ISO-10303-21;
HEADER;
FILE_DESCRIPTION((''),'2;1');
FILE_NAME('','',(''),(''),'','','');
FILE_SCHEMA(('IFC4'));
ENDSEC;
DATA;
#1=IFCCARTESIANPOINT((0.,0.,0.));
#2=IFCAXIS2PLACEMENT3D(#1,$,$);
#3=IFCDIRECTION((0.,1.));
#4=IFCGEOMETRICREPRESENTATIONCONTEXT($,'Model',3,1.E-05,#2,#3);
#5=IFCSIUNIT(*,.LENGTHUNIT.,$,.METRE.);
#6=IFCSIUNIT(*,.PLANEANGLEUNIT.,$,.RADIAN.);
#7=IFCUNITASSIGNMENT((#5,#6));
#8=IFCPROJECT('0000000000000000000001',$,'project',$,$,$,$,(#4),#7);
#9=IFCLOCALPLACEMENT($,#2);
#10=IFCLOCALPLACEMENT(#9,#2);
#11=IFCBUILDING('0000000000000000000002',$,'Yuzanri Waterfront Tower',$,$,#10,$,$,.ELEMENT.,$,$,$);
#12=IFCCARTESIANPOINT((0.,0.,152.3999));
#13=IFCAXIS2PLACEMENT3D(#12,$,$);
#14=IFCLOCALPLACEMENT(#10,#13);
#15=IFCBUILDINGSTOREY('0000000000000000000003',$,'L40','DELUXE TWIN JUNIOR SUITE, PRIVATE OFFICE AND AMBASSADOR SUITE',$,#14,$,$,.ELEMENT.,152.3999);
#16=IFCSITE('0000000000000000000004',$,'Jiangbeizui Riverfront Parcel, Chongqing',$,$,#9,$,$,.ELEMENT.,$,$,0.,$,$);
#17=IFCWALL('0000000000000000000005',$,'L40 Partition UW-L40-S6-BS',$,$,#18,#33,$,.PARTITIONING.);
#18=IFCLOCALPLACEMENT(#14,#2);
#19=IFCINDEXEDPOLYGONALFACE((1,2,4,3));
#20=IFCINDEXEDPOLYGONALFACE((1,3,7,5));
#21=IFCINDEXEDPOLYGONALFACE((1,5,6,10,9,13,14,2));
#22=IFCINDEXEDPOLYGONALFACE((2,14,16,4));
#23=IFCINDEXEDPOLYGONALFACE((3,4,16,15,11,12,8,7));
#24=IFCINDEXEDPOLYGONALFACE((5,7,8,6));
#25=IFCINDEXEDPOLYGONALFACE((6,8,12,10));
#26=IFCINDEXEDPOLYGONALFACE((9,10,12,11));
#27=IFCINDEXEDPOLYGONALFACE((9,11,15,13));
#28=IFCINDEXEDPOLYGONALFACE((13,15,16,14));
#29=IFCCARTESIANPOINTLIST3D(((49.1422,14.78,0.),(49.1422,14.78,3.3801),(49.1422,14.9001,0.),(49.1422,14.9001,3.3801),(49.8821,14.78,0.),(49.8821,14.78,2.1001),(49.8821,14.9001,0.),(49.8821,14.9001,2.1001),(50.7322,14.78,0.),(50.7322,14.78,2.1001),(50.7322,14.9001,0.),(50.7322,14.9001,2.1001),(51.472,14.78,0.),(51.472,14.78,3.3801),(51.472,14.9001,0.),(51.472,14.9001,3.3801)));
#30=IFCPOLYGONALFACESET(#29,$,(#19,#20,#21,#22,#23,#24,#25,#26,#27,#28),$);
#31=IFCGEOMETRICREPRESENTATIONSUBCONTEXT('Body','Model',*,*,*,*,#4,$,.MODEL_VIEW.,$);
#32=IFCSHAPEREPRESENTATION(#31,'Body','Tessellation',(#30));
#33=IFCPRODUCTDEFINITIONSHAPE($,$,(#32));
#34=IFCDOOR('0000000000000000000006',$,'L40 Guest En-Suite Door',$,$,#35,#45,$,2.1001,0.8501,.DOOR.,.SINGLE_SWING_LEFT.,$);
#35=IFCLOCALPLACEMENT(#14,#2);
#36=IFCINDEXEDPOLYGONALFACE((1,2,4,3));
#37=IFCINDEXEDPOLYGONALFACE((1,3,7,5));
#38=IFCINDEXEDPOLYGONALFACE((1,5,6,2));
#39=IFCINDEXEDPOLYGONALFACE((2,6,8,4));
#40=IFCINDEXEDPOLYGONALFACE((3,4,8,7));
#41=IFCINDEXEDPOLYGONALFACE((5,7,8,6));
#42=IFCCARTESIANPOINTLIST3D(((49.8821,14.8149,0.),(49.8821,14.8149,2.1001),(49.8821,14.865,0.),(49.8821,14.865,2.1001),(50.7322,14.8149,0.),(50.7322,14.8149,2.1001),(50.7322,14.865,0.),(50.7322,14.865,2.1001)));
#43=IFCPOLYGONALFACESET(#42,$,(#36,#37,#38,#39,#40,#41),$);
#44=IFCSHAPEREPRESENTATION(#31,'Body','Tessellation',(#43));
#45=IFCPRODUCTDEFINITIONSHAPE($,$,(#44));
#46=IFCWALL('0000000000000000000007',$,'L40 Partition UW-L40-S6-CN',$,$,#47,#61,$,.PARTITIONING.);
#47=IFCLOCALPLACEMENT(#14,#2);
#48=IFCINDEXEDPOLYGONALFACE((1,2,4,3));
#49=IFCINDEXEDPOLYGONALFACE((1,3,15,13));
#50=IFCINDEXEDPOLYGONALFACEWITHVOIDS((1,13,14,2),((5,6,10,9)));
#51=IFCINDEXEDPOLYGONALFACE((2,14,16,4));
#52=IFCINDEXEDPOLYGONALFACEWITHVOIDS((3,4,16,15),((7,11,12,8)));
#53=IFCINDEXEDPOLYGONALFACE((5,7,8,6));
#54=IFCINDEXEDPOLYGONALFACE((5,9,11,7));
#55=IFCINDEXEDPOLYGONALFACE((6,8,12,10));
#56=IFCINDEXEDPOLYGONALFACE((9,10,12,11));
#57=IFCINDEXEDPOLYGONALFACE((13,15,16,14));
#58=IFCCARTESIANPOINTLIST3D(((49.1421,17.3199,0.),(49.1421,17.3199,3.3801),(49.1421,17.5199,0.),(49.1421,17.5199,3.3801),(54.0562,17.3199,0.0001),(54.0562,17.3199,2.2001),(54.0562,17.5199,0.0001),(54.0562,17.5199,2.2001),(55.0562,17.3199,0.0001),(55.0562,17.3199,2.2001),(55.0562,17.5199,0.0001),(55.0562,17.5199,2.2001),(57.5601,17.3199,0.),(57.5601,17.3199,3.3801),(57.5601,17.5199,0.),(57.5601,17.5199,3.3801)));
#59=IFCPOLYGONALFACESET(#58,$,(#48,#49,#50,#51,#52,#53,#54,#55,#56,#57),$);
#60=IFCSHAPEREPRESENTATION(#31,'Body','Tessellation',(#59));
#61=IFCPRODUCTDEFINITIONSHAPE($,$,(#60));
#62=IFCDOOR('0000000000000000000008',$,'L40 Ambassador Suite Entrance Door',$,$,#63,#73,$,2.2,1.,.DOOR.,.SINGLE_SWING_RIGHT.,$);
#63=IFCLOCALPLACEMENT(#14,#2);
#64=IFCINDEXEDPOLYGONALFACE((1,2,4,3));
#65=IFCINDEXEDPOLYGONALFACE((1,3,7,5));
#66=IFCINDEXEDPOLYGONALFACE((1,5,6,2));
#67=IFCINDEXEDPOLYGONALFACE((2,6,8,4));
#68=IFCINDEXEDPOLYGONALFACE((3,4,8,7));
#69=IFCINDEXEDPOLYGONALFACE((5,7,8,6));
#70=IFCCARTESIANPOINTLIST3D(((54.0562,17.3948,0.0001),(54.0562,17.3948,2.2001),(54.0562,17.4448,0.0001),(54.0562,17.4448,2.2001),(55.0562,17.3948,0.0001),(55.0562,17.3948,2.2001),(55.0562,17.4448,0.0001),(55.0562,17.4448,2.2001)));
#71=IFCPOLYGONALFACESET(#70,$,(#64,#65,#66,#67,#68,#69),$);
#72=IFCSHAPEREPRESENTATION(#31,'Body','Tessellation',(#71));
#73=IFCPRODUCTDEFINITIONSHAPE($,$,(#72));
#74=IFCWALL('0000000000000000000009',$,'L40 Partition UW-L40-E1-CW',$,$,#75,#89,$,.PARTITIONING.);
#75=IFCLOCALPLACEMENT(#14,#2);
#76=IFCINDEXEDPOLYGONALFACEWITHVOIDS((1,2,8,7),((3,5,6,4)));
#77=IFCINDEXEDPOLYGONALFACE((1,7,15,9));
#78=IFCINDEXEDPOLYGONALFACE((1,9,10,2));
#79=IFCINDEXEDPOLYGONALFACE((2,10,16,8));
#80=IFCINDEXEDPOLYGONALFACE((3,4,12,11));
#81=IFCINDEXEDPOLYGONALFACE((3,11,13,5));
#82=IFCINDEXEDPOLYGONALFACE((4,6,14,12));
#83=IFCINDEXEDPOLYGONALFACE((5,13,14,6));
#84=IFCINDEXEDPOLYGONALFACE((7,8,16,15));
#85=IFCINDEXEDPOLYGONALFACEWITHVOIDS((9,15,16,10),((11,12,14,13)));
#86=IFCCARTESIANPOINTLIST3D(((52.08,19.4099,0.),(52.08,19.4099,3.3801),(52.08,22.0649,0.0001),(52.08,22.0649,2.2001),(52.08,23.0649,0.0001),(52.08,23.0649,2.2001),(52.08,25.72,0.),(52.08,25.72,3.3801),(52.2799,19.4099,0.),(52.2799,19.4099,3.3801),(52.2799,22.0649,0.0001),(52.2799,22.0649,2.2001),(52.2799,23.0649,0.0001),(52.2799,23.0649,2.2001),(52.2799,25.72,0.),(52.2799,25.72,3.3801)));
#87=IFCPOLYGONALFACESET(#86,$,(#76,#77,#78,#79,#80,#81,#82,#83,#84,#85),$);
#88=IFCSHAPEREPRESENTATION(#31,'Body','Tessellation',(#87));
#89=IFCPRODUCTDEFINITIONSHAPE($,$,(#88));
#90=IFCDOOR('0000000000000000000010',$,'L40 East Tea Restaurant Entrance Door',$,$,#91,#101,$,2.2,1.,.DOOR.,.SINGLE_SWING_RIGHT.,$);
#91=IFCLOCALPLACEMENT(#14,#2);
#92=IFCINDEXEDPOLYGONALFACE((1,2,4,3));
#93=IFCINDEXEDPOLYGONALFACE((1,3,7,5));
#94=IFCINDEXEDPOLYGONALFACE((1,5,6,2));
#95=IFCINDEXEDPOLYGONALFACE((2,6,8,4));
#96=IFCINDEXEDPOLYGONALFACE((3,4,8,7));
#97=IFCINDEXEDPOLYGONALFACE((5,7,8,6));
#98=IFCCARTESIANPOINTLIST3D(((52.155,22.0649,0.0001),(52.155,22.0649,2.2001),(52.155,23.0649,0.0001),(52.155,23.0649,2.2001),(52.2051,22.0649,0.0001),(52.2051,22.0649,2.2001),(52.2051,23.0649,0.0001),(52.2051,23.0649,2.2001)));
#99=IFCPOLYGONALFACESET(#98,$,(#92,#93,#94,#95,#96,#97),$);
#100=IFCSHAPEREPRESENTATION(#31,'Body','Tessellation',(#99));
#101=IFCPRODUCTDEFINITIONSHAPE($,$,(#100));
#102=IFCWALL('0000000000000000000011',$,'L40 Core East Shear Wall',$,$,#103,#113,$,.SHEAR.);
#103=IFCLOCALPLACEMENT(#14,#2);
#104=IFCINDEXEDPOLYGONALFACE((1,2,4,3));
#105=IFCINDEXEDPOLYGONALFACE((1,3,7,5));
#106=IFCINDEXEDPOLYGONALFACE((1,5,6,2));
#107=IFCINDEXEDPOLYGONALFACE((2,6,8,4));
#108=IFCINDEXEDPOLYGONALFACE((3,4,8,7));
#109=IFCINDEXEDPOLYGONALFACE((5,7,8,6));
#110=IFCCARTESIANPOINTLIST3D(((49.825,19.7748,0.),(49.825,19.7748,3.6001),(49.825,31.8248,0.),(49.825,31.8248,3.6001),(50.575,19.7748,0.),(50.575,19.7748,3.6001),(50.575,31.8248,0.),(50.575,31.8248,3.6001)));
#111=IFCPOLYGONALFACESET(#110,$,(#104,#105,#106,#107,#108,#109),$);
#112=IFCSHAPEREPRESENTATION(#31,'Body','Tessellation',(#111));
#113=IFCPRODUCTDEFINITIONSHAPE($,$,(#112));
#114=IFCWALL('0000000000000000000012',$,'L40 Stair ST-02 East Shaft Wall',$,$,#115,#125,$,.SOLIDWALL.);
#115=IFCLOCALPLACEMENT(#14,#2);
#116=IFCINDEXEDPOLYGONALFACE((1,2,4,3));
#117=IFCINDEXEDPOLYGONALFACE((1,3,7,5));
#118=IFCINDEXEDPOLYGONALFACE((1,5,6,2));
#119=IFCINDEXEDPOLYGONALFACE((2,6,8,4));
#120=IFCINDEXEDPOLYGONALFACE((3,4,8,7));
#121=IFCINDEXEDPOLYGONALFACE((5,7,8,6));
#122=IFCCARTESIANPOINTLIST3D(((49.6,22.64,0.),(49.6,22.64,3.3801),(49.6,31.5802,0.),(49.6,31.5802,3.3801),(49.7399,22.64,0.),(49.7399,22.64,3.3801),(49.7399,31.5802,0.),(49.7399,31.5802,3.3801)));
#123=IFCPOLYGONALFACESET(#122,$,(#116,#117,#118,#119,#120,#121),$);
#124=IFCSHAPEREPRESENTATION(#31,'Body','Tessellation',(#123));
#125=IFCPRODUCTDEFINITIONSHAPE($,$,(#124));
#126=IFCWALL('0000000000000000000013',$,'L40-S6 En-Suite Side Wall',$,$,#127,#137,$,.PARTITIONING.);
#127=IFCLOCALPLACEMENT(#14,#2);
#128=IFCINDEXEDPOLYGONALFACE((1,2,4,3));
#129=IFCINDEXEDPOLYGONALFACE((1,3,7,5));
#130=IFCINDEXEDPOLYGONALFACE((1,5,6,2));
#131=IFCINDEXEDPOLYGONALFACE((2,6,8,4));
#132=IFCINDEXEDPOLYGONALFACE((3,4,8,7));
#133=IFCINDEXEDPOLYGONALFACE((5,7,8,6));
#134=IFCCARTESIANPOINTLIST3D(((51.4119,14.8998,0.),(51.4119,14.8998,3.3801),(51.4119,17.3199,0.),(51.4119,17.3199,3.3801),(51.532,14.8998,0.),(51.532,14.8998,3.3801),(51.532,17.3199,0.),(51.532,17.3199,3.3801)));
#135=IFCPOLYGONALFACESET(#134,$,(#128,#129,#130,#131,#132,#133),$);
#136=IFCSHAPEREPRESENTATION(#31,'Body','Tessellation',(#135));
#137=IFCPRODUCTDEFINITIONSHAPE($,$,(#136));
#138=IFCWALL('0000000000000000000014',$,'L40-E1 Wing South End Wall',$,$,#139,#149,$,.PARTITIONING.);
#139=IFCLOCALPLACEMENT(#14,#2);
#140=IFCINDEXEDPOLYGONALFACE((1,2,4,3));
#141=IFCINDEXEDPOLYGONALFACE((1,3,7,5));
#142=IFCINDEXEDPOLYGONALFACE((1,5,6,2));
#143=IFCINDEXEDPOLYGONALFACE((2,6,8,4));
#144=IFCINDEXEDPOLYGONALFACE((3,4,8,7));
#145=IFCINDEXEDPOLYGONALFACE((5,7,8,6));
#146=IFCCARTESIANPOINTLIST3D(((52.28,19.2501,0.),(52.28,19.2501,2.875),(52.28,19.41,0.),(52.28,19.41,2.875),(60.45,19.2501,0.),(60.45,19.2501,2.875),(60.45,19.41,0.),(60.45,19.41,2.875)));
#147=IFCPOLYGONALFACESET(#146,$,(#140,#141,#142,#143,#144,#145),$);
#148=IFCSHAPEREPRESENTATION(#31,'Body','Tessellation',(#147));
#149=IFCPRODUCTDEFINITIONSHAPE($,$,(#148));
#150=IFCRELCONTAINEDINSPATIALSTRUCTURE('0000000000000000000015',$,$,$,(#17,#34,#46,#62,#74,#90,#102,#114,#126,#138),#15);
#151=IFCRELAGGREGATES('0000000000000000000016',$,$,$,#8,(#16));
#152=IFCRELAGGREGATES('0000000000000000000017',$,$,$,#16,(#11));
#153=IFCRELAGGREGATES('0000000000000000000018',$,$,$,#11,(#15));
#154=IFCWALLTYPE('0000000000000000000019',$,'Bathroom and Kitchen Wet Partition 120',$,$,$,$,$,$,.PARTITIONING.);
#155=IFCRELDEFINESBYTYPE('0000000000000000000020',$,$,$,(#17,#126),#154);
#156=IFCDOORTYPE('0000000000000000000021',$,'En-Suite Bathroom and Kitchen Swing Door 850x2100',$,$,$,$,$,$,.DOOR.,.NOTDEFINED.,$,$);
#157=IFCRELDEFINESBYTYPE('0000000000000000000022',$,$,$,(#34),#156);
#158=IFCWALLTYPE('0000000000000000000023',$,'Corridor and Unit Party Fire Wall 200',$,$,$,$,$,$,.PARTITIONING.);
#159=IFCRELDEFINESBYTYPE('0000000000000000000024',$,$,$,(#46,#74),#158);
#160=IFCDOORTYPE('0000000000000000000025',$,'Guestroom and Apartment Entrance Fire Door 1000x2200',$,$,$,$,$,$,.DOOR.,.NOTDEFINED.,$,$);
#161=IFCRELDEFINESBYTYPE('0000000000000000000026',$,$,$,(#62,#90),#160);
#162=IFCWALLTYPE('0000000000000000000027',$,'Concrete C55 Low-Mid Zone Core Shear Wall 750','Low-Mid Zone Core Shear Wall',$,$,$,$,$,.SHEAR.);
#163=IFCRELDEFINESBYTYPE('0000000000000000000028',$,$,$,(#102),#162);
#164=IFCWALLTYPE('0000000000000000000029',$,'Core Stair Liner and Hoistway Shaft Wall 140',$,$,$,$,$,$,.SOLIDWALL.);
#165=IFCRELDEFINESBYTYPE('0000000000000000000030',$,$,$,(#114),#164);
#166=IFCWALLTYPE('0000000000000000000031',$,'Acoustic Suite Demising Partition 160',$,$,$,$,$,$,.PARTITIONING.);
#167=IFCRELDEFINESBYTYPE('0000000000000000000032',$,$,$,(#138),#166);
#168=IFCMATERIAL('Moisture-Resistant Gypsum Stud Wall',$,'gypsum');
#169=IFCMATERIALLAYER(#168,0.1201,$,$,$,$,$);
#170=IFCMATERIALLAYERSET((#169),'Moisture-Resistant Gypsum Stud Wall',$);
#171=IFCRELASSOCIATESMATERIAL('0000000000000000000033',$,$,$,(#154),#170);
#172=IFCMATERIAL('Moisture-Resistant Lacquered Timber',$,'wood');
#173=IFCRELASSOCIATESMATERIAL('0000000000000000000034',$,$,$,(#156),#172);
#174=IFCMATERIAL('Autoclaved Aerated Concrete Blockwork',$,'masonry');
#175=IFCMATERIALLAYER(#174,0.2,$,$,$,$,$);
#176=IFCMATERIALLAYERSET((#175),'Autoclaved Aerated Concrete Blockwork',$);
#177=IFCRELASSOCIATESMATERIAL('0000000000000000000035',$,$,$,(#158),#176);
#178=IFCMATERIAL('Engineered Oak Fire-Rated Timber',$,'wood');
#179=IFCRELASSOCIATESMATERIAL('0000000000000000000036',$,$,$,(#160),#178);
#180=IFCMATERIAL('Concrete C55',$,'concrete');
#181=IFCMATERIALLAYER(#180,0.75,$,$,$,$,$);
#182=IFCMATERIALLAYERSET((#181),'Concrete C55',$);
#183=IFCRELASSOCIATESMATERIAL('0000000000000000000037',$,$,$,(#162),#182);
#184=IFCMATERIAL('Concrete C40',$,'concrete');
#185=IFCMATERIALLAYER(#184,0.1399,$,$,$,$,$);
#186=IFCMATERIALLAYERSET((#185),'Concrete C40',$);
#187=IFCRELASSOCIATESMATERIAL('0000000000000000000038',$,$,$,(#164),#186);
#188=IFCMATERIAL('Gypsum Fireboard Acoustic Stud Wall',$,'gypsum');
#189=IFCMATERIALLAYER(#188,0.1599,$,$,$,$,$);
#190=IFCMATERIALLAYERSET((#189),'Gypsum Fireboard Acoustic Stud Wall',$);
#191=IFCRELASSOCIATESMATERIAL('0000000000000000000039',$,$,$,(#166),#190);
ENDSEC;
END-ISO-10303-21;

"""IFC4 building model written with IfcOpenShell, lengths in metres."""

from ifc_helpers import new_model, si_unit, direction, frame, frame_2d, origin, place, context, subcontext, project, spatial, rectangle, extrude, source, transform, mapped, material, layer, layer_set, type_object, element, fill, save


model = new_model("IFC4")

# Units and contexts
model_context = context("Model", 3, precision=1e-05, world=origin(), true_north=direction((0.0, 1.0)))
body_context = subcontext(model_context, "Body", "Model", "MODEL_VIEW")
ifc_project = project(units=[si_unit("LENGTHUNIT", "METRE"), si_unit("PLANEANGLEUNIT", "RADIAN")], contexts=[model_context])

# Site, building, storey
site_placement = place(None, origin())
site = spatial("IfcSite", under=ifc_project, at=site_placement, Name="Jiangbeizui Riverfront Parcel, Chongqing", CompositionType="ELEMENT", RefElevation=0.0)
building_placement = place(site_placement, origin())
building = spatial("IfcBuilding", under=site, at=building_placement, Name="Yuzanri Waterfront Tower", CompositionType="ELEMENT")
storey_placement = place(building_placement, frame((0.0, 0.0, 152.3999)))
storey = spatial("IfcBuildingStorey", under=building, at=storey_placement, Name="L40", Description="DELUXE TWIN JUNIOR SUITE, PRIVATE OFFICE AND AMBASSADOR SUITE", CompositionType="ELEMENT", Elevation=152.3999)

# Walls, openings, doors
ifc_material_1 = material(Name="Moisture-Resistant Gypsum Stud Wall", Category="gypsum")
ifc_layer_1 = layer(ifc_material_1, 0.1201)
ifc_layer_set_1 = layer_set([ifc_layer_1], Name="Moisture-Resistant Gypsum Stud Wall")
wall_type_1 = type_object("IfcWallType", Name="Bathroom and Kitchen Wet Partition 120", PredefinedType="PARTITIONING", material=ifc_layer_set_1)
wall_1_placement = place(storey_placement, frame((49.1421, 14.8401, 0.0), z_axis=(0.0, 0.0, 1.0), x_axis=(1.0, 0.0, 0.0)))
wall_1 = element("IfcWall", 1, at=wall_1_placement, inside=storey, type_object=wall_type_1, Name="L40 Partition UW-L40-S6-BS", PredefinedType="PARTITIONING", context=body_context, shape_type="SweptSolid", body=[
    extrude(rectangle(XDim=2.3298, YDim=0.1201, at=frame_2d((1.165, 0.0))), origin(), (0.0, 0.0, 1.0), 3.3801),
])
opening_1_placement = place(wall_1_placement, frame((0.74, 0.0, 0.0)))
opening_1 = element("IfcOpeningElement", 2, at=opening_1_placement, cuts=wall_1, PredefinedType="OPENING", context=body_context, shape_type="SweptSolid", body=[
    extrude(rectangle(XDim=0.8501, YDim=2.1001, at=frame_2d((0.425, 1.05))), frame((0.0, 0.075, 0.0), z_axis=(0.0, -1.0, 0.0), x_axis=(1.0, 0.0, 0.0)), (0.0, 0.0, 1.0), 0.1499),
])
ifc_material_2 = material(Name="Moisture-Resistant Lacquered Timber", Category="wood")
door_type_1 = type_object("IfcDoorType", Name="En-Suite Bathroom and Kitchen Swing Door 850x2100", OperationType="NOTDEFINED", PredefinedType="DOOR", material=ifc_material_2)
shared_shape_1 = source(origin(), body_context, "Body", "SweptSolid", [
    extrude(rectangle(XDim=0.8501, YDim=2.1001, at=frame_2d((0.425, 1.05))), frame((0.0, 0.0249, 0.0), z_axis=(0.0, -1.0, 0.0), x_axis=(1.0, 0.0, 0.0)), (0.0, 0.0, 1.0), 0.05),
])
door_1_placement = place(opening_1_placement, origin())
door_1 = element("IfcDoor", 3, at=door_1_placement, inside=storey, type_object=door_type_1, Name="L40 Guest En-Suite Door", OperationType="SINGLE_SWING_LEFT", OverallHeight=2.1001, OverallWidth=0.8501, PredefinedType="DOOR", context=body_context, shape_type="MappedRepresentation", body=[
    mapped(shared_shape_1, transform((0.0, 0.0, 0.0), scale=1.0)),
])
fill(opening_1, door_1)
ifc_material_3 = material(Name="Autoclaved Aerated Concrete Blockwork", Category="masonry")
ifc_layer_2 = layer(ifc_material_3, 0.2)
ifc_layer_set_2 = layer_set([ifc_layer_2], Name="Autoclaved Aerated Concrete Blockwork")
wall_type_2 = type_object("IfcWallType", Name="Corridor and Unit Party Fire Wall 200", PredefinedType="PARTITIONING", material=ifc_layer_set_2)
wall_2_placement = place(storey_placement, frame((49.1421, 17.4199, 0.0), z_axis=(0.0, 0.0, 1.0), x_axis=(1.0, 0.0, 0.0)))
wall_2 = element("IfcWall", 4, at=wall_2_placement, inside=storey, type_object=wall_type_2, Name="L40 Partition UW-L40-S6-CN", PredefinedType="PARTITIONING", context=body_context, shape_type="SweptSolid", body=[
    extrude(rectangle(XDim=8.418, YDim=0.2, at=frame_2d((4.209, 0.0))), origin(), (0.0, 0.0, 1.0), 3.3801),
])
opening_2_placement = place(wall_2_placement, frame((4.9141, 0.0, 0.0)))
opening_2 = element("IfcOpeningElement", 5, at=opening_2_placement, cuts=wall_2, PredefinedType="OPENING", context=body_context, shape_type="SweptSolid", body=[
    extrude(rectangle(XDim=1.0, YDim=2.2, at=frame_2d((0.5, 1.1001))), frame((0.0, 0.1147, 0.0), z_axis=(0.0, -1.0, 0.0), x_axis=(1.0, 0.0, 0.0)), (0.0, 0.0, 1.0), 0.2297),
])
ifc_material_4 = material(Name="Engineered Oak Fire-Rated Timber", Category="wood")
door_type_2 = type_object("IfcDoorType", Name="Guestroom and Apartment Entrance Fire Door 1000x2200", OperationType="NOTDEFINED", PredefinedType="DOOR", material=ifc_material_4)
shared_shape_2 = source(origin(), body_context, "Body", "SweptSolid", [
    extrude(rectangle(XDim=1.0, YDim=2.2, at=frame_2d((0.5, 1.1001))), frame((0.0, 0.0249, 0.0), z_axis=(0.0, -1.0, 0.0), x_axis=(1.0, 0.0, 0.0)), (0.0, 0.0, 1.0), 0.05),
])
door_2_placement = place(opening_2_placement, origin())
door_2 = element("IfcDoor", 6, at=door_2_placement, inside=storey, type_object=door_type_2, Name="L40 Ambassador Suite Entrance Door", OperationType="SINGLE_SWING_RIGHT", OverallHeight=2.2, OverallWidth=1.0, PredefinedType="DOOR", context=body_context, shape_type="MappedRepresentation", body=[
    mapped(shared_shape_2, transform((0.0, 0.0, 0.0), scale=1.0)),
])
fill(opening_2, door_2)
wall_3_placement = place(storey_placement, frame((52.1799, 19.4099, 0.0), z_axis=(0.0, 0.0, 1.0), x_axis=(0.0, 1.0, 0.0)))
wall_3 = element("IfcWall", 7, at=wall_3_placement, inside=storey, type_object=wall_type_2, Name="L40 Partition UW-L40-E1-CW", PredefinedType="PARTITIONING", context=body_context, shape_type="SweptSolid", body=[
    extrude(rectangle(XDim=6.3101, YDim=0.2, at=frame_2d((3.155, 0.0))), origin(), (0.0, 0.0, 1.0), 3.3801),
])
opening_3_placement = place(wall_3_placement, frame((2.655, 0.0, 0.0)))
opening_3 = element("IfcOpeningElement", 8, at=opening_3_placement, cuts=wall_3, PredefinedType="OPENING", context=body_context, shape_type="SweptSolid", body=[
    extrude(rectangle(XDim=1.0, YDim=2.2, at=frame_2d((0.5, 1.1001))), frame((0.0, 0.1147, 0.0), z_axis=(0.0, -1.0, 0.0), x_axis=(1.0, 0.0, 0.0)), (0.0, 0.0, 1.0), 0.2297),
])
door_3_placement = place(opening_3_placement, origin())
door_3 = element("IfcDoor", 9, at=door_3_placement, inside=storey, type_object=door_type_2, Name="L40 East Tea Restaurant Entrance Door", OperationType="SINGLE_SWING_RIGHT", OverallHeight=2.2, OverallWidth=1.0, PredefinedType="DOOR", context=body_context, shape_type="MappedRepresentation", body=[
    mapped(shared_shape_2, transform((0.0, 0.0, 0.0), scale=1.0)),
])
fill(opening_3, door_3)

# Walls
ifc_material_5 = material(Name="Concrete C55", Category="concrete")
ifc_layer_3 = layer(ifc_material_5, 0.75)
ifc_layer_set_3 = layer_set([ifc_layer_3], Name="Concrete C55")
wall_type_3 = type_object("IfcWallType", Name="Concrete C55 Low-Mid Zone Core Shear Wall 750", Description="Low-Mid Zone Core Shear Wall", PredefinedType="SHEAR", material=ifc_layer_set_3)
shared_shape_3 = source(origin(), body_context, "Body", "SweptSolid", [
    extrude(rectangle(XDim=12.05, YDim=0.75, at=frame_2d((6.0249, 0.0))), origin(), (0.0, 0.0, 1.0), 3.6001),
])
wall_4_placement = place(storey_placement, frame((50.2, 19.7749, 0.0), z_axis=(0.0, 0.0, 1.0), x_axis=(0.0, 1.0, 0.0)))
element("IfcWall", 10, at=wall_4_placement, inside=storey, type_object=wall_type_3, Name="L40 Core East Shear Wall", PredefinedType="SHEAR", context=body_context, shape_type="MappedRepresentation", body=[
    mapped(shared_shape_3, transform((0.0, 0.0, 0.0), scale=1.0)),
])
ifc_material_6 = material(Name="Concrete C40", Category="concrete")
ifc_layer_4 = layer(ifc_material_6, 0.1399)
ifc_layer_set_4 = layer_set([ifc_layer_4], Name="Concrete C40")
wall_type_4 = type_object("IfcWallType", Name="Core Stair Liner and Hoistway Shaft Wall 140", PredefinedType="SOLIDWALL", material=ifc_layer_set_4)
shared_shape_4 = source(origin(), body_context, "Body", "SweptSolid", [
    extrude(rectangle(XDim=8.9402, YDim=0.1399, at=frame_2d((4.4702, 0.0))), origin(), (0.0, 0.0, 1.0), 3.3801),
])
wall_5_placement = place(storey_placement, frame((49.6699, 22.6399, 0.0), z_axis=(0.0, 0.0, 1.0), x_axis=(0.0, 1.0, 0.0)))
element("IfcWall", 11, at=wall_5_placement, inside=storey, type_object=wall_type_4, Name="L40 Stair ST-02 East Shaft Wall", PredefinedType="SOLIDWALL", context=body_context, shape_type="MappedRepresentation", body=[
    mapped(shared_shape_4, transform((0.0, 0.0, 0.0), scale=1.0)),
])
shared_shape_5 = source(origin(), body_context, "Body", "SweptSolid", [
    extrude(rectangle(XDim=2.4202, YDim=0.1201, at=frame_2d((1.21, 0.0))), origin(), (0.0, 0.0, 1.0), 3.3801),
])
wall_6_placement = place(storey_placement, frame((51.4719, 14.8999, 0.0), z_axis=(0.0, 0.0, 1.0), x_axis=(0.0, 1.0, 0.0)))
element("IfcWall", 12, at=wall_6_placement, inside=storey, type_object=wall_type_1, Name="L40-S6 En-Suite Side Wall", PredefinedType="PARTITIONING", context=body_context, shape_type="MappedRepresentation", body=[
    mapped(shared_shape_5, transform((0.0, 0.0, 0.0), scale=1.0)),
])
ifc_material_7 = material(Name="Gypsum Fireboard Acoustic Stud Wall", Category="gypsum")
ifc_layer_5 = layer(ifc_material_7, 0.1599)
ifc_layer_set_5 = layer_set([ifc_layer_5], Name="Gypsum Fireboard Acoustic Stud Wall")
wall_type_5 = type_object("IfcWallType", Name="Acoustic Suite Demising Partition 160", PredefinedType="PARTITIONING", material=ifc_layer_set_5)
shared_shape_6 = source(origin(), body_context, "Body", "SweptSolid", [
    extrude(rectangle(XDim=8.1699, YDim=0.1599, at=frame_2d((4.085, 0.0))), origin(), (0.0, 0.0, 1.0), 2.875),
])
wall_7_placement = place(storey_placement, frame((52.28, 19.3301, 0.0), z_axis=(0.0, 0.0, 1.0), x_axis=(1.0, 0.0, 0.0)))
element("IfcWall", 13, at=wall_7_placement, inside=storey, type_object=wall_type_5, Name="L40-E1 Wing South End Wall", PredefinedType="PARTITIONING", context=body_context, shape_type="MappedRepresentation", body=[
    mapped(shared_shape_6, transform((0.0, 0.0, 0.0), scale=1.0)),
])

save(model, "model.ifc")
